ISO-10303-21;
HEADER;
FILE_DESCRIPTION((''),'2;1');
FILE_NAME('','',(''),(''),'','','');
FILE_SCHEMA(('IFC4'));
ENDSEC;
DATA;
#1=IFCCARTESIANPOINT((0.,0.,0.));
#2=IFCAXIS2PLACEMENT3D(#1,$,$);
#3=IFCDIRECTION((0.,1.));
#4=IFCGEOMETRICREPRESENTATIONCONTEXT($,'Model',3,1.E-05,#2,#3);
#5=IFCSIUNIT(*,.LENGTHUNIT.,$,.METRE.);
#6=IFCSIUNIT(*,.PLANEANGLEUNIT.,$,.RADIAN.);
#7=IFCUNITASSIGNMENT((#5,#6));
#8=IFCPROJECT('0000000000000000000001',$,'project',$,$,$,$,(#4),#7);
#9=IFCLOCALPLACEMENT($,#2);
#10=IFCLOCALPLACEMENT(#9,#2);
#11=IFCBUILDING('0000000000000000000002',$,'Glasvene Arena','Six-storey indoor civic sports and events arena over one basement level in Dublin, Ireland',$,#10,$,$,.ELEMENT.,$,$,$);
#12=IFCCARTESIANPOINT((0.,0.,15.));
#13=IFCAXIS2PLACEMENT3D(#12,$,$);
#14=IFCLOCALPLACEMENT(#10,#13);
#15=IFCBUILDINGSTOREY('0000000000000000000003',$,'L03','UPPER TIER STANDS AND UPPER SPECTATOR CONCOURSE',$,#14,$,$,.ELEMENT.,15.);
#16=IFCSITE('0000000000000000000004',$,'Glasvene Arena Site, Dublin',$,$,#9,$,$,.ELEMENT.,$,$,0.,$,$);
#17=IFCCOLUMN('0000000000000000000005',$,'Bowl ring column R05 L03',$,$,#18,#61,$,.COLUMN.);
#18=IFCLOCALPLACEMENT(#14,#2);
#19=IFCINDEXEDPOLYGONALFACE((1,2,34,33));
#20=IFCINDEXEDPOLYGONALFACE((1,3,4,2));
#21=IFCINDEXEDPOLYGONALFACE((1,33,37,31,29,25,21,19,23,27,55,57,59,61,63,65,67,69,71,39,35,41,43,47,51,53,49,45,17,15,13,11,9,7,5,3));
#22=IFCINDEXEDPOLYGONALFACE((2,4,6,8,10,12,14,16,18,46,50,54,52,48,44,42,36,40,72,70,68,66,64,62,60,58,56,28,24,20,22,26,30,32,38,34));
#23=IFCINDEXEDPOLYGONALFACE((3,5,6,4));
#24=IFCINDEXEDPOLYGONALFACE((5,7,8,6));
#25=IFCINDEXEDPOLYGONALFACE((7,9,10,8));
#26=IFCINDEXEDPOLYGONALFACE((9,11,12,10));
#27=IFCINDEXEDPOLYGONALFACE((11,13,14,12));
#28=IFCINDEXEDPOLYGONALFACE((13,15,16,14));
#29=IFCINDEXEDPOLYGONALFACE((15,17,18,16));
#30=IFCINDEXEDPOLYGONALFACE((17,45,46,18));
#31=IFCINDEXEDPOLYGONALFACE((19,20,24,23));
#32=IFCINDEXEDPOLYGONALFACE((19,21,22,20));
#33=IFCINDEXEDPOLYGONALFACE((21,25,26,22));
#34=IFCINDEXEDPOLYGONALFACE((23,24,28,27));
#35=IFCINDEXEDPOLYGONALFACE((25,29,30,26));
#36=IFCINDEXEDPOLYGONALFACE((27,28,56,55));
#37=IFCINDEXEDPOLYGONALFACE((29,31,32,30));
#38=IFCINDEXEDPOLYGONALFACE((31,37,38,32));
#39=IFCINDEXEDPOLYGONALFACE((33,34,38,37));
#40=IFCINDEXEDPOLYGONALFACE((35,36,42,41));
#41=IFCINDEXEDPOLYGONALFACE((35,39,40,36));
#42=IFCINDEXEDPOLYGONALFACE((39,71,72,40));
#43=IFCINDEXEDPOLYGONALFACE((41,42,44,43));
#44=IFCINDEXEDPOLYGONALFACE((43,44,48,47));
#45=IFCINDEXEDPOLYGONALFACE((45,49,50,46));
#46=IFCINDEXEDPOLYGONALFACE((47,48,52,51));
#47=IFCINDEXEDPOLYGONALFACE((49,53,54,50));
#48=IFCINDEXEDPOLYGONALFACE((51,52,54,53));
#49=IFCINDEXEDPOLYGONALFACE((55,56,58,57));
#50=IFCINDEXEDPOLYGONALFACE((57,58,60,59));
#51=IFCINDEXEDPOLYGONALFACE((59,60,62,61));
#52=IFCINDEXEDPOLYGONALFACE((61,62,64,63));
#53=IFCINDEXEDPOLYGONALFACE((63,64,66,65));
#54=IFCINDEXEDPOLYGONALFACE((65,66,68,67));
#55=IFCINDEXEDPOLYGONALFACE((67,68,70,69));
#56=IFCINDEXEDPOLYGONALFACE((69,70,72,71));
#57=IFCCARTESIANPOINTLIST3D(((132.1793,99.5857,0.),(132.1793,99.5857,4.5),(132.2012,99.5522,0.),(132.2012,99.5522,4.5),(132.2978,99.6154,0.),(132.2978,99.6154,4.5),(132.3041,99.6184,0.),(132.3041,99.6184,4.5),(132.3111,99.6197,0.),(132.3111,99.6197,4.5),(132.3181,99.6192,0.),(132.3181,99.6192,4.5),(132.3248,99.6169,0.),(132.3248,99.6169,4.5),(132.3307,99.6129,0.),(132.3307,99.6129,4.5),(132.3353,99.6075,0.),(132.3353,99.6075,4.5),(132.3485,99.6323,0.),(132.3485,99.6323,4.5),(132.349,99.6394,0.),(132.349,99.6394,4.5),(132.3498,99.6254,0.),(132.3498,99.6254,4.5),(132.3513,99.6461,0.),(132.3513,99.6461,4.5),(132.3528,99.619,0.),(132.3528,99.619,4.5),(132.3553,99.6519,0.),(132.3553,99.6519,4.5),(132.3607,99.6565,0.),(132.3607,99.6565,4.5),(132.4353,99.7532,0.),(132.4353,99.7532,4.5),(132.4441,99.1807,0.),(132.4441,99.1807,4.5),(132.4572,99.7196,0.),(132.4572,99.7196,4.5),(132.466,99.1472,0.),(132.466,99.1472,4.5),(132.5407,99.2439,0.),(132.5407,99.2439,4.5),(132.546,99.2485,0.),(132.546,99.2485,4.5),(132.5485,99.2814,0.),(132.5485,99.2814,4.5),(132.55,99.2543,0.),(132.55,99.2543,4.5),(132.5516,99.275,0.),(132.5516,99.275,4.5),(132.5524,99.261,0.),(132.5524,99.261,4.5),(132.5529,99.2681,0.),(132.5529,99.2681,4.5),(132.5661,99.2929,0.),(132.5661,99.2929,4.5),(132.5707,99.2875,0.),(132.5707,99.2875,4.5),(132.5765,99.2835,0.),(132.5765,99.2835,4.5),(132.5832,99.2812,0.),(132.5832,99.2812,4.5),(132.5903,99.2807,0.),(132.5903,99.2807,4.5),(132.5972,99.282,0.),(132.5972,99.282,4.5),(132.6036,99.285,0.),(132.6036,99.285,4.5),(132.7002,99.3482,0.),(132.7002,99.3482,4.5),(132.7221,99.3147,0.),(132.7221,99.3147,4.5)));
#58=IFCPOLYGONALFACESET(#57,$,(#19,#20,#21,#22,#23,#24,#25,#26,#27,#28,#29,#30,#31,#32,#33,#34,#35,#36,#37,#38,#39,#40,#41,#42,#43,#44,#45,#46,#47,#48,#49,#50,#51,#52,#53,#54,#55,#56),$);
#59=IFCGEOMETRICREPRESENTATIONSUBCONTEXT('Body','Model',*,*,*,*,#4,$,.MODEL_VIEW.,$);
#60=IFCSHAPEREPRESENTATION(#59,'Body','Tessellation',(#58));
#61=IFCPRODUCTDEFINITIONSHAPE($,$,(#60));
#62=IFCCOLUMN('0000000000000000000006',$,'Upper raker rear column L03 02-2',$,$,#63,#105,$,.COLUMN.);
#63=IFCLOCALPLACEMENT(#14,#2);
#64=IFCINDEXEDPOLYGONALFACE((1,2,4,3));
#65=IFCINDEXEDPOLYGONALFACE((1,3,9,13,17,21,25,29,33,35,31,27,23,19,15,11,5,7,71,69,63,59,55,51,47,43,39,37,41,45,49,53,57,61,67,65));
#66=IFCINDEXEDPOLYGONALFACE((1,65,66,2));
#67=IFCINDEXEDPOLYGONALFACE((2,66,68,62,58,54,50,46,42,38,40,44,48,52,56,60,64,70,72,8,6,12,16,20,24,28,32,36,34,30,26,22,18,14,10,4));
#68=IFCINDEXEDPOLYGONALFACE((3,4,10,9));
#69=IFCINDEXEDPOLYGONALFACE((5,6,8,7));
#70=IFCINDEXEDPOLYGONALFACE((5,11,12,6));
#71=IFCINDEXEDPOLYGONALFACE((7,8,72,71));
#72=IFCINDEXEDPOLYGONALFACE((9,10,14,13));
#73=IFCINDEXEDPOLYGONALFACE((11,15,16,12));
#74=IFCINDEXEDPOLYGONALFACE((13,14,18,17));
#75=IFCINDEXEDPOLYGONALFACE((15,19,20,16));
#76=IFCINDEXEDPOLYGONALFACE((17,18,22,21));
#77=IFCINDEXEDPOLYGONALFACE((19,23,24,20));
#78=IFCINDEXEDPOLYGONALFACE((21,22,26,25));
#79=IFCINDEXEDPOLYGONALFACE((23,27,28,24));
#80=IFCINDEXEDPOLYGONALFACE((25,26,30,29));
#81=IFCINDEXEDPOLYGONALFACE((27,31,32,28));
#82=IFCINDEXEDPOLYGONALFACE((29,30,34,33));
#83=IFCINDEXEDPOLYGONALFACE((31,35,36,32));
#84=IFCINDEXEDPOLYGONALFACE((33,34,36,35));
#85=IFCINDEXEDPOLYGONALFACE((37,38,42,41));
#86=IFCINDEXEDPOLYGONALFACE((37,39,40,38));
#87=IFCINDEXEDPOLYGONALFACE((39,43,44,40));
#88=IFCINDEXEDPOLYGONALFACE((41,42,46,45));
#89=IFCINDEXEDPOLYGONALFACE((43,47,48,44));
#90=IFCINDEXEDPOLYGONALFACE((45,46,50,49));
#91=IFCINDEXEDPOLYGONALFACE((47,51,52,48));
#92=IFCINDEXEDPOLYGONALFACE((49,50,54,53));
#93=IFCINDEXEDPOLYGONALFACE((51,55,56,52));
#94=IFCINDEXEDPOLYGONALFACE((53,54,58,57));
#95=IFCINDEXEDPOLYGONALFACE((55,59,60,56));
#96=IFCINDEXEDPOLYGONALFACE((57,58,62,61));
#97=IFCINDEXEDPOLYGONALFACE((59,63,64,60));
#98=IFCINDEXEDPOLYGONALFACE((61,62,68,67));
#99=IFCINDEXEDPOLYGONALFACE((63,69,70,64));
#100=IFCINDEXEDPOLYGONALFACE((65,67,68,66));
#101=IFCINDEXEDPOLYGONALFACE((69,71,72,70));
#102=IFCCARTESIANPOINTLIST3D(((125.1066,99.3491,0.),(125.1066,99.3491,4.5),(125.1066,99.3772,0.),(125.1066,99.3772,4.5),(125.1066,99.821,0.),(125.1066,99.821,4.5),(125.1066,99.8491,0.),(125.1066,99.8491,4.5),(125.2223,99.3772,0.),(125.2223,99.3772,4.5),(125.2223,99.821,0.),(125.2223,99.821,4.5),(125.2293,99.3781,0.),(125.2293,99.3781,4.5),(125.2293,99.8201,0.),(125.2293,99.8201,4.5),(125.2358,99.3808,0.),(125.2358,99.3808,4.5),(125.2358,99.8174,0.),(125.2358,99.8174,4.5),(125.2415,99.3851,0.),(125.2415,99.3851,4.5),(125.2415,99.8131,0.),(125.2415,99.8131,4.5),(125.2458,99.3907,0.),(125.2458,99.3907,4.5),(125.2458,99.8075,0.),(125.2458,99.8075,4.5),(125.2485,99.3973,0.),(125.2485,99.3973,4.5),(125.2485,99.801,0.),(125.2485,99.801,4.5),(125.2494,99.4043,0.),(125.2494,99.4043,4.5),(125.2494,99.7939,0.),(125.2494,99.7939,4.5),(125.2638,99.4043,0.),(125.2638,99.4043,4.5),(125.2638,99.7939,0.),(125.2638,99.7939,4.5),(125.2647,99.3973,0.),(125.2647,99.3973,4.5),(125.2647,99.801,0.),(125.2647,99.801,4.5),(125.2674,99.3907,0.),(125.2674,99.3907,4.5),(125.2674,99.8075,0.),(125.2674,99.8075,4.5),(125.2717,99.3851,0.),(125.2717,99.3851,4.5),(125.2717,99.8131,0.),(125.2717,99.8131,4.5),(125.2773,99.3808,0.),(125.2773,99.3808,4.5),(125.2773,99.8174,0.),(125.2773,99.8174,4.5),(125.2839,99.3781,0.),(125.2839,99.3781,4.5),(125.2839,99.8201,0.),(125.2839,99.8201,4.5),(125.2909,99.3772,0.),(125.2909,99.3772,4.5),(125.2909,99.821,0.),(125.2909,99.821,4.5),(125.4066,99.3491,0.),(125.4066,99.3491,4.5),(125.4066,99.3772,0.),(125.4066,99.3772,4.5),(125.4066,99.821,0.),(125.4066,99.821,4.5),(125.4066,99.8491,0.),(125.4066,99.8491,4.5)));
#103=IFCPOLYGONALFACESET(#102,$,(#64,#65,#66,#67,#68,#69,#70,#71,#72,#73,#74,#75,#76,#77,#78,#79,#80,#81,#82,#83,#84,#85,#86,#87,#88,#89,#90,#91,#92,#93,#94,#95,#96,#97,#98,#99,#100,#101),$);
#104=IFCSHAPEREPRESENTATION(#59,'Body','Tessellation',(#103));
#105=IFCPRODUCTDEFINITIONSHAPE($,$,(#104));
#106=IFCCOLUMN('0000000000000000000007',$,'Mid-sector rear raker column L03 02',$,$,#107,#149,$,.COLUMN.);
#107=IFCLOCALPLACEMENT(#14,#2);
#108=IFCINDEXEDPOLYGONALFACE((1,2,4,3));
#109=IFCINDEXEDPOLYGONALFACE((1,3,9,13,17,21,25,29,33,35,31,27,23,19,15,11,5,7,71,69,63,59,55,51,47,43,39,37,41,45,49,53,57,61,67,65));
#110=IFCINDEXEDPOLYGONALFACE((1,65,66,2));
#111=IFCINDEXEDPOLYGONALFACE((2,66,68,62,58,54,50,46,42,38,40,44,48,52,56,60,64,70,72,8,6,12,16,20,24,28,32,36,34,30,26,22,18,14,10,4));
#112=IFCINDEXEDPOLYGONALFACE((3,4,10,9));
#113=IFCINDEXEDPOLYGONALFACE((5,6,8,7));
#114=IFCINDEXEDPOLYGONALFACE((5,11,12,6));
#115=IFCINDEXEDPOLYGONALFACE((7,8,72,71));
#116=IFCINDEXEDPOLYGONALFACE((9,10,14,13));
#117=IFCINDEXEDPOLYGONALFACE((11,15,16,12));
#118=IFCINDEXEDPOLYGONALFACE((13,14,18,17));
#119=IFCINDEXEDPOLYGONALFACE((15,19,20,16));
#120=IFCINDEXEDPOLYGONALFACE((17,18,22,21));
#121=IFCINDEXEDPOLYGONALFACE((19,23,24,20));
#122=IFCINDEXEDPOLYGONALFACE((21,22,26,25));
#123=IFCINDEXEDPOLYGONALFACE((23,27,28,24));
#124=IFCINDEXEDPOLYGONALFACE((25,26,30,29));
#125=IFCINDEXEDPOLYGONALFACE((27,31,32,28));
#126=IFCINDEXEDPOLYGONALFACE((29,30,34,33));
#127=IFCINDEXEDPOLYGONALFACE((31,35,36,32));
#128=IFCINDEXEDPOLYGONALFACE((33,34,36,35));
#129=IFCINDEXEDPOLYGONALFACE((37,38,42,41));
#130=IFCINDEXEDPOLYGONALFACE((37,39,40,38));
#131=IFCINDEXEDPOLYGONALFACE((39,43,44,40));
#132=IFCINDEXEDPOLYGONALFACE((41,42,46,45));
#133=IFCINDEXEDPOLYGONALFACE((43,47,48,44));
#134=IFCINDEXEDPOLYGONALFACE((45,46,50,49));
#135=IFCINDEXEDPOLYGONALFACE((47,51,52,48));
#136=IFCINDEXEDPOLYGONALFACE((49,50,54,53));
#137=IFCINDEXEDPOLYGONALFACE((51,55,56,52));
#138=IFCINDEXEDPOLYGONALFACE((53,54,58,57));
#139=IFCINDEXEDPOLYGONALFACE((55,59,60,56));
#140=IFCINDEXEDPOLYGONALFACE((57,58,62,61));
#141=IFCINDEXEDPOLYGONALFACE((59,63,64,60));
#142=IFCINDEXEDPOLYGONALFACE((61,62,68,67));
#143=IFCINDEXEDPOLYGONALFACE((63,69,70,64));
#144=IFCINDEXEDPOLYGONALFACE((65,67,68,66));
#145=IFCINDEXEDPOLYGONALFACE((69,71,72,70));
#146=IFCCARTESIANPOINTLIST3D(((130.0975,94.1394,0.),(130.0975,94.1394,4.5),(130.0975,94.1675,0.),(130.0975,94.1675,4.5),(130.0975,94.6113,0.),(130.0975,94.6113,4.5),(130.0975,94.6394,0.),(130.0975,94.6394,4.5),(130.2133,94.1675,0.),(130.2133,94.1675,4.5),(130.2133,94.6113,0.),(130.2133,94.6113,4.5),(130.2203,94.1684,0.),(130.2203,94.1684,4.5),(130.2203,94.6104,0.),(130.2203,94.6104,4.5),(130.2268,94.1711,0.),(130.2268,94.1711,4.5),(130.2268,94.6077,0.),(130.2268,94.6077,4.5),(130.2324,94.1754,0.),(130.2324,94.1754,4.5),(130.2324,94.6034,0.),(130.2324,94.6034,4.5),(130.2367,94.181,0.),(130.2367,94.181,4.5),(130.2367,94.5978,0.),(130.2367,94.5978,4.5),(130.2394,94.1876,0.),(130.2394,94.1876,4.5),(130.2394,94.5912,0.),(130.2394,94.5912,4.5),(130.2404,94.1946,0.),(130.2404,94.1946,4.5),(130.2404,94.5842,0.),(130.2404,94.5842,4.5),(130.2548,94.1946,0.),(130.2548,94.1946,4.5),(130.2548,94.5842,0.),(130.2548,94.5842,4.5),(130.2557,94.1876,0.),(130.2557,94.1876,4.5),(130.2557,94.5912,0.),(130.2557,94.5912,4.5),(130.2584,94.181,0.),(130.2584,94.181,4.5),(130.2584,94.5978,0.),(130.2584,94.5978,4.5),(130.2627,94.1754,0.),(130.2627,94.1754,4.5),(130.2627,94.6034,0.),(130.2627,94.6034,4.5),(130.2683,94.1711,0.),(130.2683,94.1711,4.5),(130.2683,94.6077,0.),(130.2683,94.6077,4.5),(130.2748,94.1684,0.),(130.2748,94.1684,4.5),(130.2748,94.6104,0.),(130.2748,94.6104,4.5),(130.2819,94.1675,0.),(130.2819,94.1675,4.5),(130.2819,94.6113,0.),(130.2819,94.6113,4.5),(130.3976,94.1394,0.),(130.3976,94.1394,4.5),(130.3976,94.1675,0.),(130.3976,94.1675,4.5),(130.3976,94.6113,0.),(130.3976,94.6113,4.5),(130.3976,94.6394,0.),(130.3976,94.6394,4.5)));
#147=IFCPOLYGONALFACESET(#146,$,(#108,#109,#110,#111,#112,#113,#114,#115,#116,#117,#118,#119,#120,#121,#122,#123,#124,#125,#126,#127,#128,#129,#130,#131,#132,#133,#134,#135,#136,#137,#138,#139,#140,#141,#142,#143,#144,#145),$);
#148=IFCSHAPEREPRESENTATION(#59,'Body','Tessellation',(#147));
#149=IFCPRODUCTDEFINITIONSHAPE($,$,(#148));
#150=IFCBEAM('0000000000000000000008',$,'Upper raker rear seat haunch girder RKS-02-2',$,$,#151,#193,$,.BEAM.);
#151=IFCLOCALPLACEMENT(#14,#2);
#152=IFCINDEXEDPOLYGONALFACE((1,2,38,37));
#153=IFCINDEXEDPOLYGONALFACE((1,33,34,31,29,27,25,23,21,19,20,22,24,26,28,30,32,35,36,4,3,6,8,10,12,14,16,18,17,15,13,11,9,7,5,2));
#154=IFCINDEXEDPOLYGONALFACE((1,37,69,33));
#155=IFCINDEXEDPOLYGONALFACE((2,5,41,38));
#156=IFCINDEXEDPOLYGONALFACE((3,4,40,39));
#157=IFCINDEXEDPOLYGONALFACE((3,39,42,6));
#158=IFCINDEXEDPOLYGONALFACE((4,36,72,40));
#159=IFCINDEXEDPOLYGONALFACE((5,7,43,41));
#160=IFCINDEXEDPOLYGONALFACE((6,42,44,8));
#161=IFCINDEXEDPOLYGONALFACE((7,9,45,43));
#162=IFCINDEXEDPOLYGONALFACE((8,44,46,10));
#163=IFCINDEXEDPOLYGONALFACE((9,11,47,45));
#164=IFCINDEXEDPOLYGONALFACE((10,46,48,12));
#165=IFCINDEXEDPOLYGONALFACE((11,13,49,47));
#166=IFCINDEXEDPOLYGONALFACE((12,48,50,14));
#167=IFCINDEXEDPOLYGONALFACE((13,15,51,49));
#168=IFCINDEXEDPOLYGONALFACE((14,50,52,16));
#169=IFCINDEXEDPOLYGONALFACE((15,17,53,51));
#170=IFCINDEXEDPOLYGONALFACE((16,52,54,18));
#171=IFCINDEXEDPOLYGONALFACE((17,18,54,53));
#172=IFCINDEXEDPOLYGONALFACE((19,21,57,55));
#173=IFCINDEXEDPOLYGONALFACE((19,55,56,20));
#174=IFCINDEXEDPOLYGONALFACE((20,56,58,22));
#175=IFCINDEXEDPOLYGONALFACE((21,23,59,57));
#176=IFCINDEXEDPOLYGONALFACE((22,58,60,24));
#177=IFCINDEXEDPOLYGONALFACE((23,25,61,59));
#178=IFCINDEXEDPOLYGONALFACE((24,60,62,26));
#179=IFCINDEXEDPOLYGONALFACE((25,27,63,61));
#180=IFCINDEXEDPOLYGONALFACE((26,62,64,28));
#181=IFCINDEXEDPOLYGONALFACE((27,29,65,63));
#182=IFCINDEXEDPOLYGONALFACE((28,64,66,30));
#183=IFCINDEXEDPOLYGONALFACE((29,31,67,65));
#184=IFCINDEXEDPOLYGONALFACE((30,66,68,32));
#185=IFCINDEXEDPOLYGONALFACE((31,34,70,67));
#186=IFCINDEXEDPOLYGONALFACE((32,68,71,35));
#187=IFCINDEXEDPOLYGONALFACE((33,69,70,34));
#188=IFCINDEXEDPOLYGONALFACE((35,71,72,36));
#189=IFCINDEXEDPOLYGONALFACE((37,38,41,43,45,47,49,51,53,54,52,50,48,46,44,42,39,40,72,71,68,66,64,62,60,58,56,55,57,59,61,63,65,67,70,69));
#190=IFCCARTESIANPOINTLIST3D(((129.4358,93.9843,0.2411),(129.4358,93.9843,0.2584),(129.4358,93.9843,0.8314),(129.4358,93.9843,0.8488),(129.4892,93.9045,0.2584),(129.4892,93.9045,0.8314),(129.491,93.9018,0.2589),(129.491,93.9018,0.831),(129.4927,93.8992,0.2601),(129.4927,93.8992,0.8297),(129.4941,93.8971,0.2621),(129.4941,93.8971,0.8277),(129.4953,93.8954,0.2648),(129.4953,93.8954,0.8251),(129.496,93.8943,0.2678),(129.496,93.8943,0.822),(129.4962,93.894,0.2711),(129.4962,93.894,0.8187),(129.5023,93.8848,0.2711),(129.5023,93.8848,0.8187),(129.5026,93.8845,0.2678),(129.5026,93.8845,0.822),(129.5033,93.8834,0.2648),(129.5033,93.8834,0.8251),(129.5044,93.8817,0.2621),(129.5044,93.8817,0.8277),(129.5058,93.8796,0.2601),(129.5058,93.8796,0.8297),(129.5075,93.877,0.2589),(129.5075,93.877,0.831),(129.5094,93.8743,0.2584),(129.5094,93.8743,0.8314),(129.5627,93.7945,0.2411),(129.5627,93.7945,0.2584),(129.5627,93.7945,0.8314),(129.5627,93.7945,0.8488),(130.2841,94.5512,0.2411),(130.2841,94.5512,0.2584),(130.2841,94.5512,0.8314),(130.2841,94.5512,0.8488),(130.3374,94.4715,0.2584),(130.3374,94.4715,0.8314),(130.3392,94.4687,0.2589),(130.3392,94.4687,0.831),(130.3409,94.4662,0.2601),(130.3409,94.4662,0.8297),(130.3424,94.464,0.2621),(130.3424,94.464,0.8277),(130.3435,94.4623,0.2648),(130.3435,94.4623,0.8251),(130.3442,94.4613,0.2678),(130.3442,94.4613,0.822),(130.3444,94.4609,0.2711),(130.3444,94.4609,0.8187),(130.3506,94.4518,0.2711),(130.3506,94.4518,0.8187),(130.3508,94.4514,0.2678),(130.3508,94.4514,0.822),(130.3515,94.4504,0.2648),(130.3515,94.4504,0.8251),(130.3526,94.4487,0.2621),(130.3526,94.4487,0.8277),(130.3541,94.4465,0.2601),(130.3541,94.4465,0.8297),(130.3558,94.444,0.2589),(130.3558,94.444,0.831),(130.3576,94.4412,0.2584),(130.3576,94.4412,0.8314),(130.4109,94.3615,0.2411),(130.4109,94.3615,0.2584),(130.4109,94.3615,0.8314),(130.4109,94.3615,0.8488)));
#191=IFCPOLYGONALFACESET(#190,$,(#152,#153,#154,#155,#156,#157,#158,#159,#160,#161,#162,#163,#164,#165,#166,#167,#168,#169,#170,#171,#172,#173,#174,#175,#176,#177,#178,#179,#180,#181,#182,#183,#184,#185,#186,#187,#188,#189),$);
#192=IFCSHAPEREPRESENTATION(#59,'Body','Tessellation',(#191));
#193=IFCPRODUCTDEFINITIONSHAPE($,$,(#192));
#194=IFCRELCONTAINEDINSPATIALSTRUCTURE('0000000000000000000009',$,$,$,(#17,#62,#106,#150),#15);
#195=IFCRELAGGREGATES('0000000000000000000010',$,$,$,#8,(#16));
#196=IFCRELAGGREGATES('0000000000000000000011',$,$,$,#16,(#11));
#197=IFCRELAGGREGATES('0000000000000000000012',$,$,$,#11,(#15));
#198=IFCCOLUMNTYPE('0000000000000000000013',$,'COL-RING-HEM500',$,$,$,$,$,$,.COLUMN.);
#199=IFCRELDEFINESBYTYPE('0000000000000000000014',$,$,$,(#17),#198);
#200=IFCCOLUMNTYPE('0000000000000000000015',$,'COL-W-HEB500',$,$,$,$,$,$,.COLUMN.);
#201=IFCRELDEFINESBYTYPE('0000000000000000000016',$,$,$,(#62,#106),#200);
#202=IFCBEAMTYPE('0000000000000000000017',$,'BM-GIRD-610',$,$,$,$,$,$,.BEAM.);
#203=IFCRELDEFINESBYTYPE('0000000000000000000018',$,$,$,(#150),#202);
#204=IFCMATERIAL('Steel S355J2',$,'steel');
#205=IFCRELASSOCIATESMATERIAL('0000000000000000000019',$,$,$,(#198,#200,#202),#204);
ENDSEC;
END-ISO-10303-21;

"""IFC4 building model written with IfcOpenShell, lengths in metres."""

from ifc_helpers import new_model, si_unit, direction, frame, origin, origin_2d, place, context, subcontext, project, spatial, i_section, extrude, material, material_profile, profile_set, type_object, element, save


model = new_model("IFC4")

# Units and contexts
model_context = context("Model", 3, precision=1e-05, world=origin(), true_north=direction((0.0, 1.0)))
body_context = subcontext(model_context, "Body", "Model", "MODEL_VIEW")
ifc_project = project(units=[si_unit("LENGTHUNIT", "METRE"), si_unit("PLANEANGLEUNIT", "RADIAN")], contexts=[model_context])

# Site, building, storey
site_placement = place(None, origin())
site = spatial("IfcSite", under=ifc_project, at=site_placement, Name="Glasvene Arena Site, Dublin", CompositionType="ELEMENT", RefElevation=0.0)
building_placement = place(site_placement, origin())
building = spatial("IfcBuilding", under=site, at=building_placement, Name="Glasvene Arena", Description="Six-storey indoor civic sports and events arena over one basement level in Dublin, Ireland", CompositionType="ELEMENT")
storey_placement = place(building_placement, frame((0.0, 0.0, 15.0)))
storey = spatial("IfcBuildingStorey", under=building, at=storey_placement, Name="L03", Description="UPPER TIER STANDS AND UPPER SPECTATOR CONCOURSE", CompositionType="ELEMENT", Elevation=15.0)

# Columns
ifc_material_1 = material(Name="Steel S355J2", Category="steel")
ifc_material_profile_1 = material_profile(ifc_material_1, i_section(OverallWidth=0.3059, OverallDepth=0.5239, WebThickness=0.021, FlangeThickness=0.04, FilletRadius=0.0271, at=origin_2d()), Name="HEM 500")
ifc_profile_set_1 = profile_set([ifc_material_profile_1], Name="Steel S355J2")
column_type_1 = type_object("IfcColumnType", Name="COL-RING-HEM500", PredefinedType="COLUMN", material=ifc_profile_set_1)
column_placement = place(storey_placement, frame((132.4507, 99.4502, 0.0), z_axis=(0.0, 0.0, 1.0), x_axis=(0.836955, 0.547271, 0.0)))
element("IfcColumn", 1, at=column_placement, inside=storey, type_object=column_type_1, Name="Bowl ring column R05 L03", PredefinedType="COLUMN", context=body_context, shape_type="SweptSolid", body=[
    extrude(i_section(OverallWidth=0.3059, OverallDepth=0.5239, WebThickness=0.021, FlangeThickness=0.04, FilletRadius=0.0271, at=origin_2d()), origin(), (0.0, 0.0, 1.0), 4.5),
])
ifc_material_profile_2 = material_profile(ifc_material_1, i_section(OverallWidth=0.3, OverallDepth=0.5, WebThickness=0.0144, FlangeThickness=0.0281, FilletRadius=0.0271, at=origin_2d()), Name="HEB 500")
ifc_profile_set_2 = profile_set([ifc_material_profile_2], Name="Steel S355J2")
column_type_2 = type_object("IfcColumnType", Name="COL-W-HEB500", PredefinedType="COLUMN", material=ifc_profile_set_2)
for number, where, z_axis, x_axis, name in (
    (2, (125.2566, 99.5991, 0.0), (0.0, 0.0, 1.0), (1.0, 0.0, 0.0), "Upper raker rear column L03 02-2"),
    (3, (130.2476, 94.3894, 0.0), (0.0, 0.0, 1.0), (1.0, 0.0, 0.0), "Mid-sector rear raker column L03 02"),
):
    element("IfcColumn", number, at=place(storey_placement, frame(where, z_axis=z_axis, x_axis=x_axis)), inside=storey, type_object=column_type_2, Name=name, PredefinedType="COLUMN", context=body_context, shape_type="SweptSolid", body=[
        extrude(i_section(OverallWidth=0.3, OverallDepth=0.5, WebThickness=0.0144, FlangeThickness=0.0281, FilletRadius=0.0271, at=origin_2d()), origin(), (0.0, 0.0, 1.0), 4.5),
    ])

# Beam
ifc_material_profile_3 = material_profile(ifc_material_1, i_section(OverallWidth=0.2283, OverallDepth=0.6077, WebThickness=0.011, FlangeThickness=0.0173, FilletRadius=0.0127, at=origin_2d()), Name="UKB 610x229x113")
ifc_profile_set_3 = profile_set([ifc_material_profile_3], Name="Steel S355J2")
beam_type_1 = type_object("IfcBeamType", Name="BM-GIRD-610", PredefinedType="BEAM", material=ifc_profile_set_3)
beam_1_placement = place(storey_placement, frame((129.4993, 93.8894, 0.5449), z_axis=(0.831387, 0.555694, 0.0), x_axis=(-0.555694, 0.831387, 0.0)))
element("IfcBeam", 4, at=beam_1_placement, inside=storey, type_object=beam_type_1, Name="Upper raker rear seat haunch girder RKS-02-2", PredefinedType="BEAM", context=body_context, shape_type="SweptSolid", body=[
    extrude(i_section(OverallWidth=0.2283, OverallDepth=0.6077, WebThickness=0.011, FlangeThickness=0.0173, FilletRadius=0.0127, at=origin_2d()), origin(), (0.0, 0.0, 1.0), 1.0203),
])

save(model, "model.ifc")
